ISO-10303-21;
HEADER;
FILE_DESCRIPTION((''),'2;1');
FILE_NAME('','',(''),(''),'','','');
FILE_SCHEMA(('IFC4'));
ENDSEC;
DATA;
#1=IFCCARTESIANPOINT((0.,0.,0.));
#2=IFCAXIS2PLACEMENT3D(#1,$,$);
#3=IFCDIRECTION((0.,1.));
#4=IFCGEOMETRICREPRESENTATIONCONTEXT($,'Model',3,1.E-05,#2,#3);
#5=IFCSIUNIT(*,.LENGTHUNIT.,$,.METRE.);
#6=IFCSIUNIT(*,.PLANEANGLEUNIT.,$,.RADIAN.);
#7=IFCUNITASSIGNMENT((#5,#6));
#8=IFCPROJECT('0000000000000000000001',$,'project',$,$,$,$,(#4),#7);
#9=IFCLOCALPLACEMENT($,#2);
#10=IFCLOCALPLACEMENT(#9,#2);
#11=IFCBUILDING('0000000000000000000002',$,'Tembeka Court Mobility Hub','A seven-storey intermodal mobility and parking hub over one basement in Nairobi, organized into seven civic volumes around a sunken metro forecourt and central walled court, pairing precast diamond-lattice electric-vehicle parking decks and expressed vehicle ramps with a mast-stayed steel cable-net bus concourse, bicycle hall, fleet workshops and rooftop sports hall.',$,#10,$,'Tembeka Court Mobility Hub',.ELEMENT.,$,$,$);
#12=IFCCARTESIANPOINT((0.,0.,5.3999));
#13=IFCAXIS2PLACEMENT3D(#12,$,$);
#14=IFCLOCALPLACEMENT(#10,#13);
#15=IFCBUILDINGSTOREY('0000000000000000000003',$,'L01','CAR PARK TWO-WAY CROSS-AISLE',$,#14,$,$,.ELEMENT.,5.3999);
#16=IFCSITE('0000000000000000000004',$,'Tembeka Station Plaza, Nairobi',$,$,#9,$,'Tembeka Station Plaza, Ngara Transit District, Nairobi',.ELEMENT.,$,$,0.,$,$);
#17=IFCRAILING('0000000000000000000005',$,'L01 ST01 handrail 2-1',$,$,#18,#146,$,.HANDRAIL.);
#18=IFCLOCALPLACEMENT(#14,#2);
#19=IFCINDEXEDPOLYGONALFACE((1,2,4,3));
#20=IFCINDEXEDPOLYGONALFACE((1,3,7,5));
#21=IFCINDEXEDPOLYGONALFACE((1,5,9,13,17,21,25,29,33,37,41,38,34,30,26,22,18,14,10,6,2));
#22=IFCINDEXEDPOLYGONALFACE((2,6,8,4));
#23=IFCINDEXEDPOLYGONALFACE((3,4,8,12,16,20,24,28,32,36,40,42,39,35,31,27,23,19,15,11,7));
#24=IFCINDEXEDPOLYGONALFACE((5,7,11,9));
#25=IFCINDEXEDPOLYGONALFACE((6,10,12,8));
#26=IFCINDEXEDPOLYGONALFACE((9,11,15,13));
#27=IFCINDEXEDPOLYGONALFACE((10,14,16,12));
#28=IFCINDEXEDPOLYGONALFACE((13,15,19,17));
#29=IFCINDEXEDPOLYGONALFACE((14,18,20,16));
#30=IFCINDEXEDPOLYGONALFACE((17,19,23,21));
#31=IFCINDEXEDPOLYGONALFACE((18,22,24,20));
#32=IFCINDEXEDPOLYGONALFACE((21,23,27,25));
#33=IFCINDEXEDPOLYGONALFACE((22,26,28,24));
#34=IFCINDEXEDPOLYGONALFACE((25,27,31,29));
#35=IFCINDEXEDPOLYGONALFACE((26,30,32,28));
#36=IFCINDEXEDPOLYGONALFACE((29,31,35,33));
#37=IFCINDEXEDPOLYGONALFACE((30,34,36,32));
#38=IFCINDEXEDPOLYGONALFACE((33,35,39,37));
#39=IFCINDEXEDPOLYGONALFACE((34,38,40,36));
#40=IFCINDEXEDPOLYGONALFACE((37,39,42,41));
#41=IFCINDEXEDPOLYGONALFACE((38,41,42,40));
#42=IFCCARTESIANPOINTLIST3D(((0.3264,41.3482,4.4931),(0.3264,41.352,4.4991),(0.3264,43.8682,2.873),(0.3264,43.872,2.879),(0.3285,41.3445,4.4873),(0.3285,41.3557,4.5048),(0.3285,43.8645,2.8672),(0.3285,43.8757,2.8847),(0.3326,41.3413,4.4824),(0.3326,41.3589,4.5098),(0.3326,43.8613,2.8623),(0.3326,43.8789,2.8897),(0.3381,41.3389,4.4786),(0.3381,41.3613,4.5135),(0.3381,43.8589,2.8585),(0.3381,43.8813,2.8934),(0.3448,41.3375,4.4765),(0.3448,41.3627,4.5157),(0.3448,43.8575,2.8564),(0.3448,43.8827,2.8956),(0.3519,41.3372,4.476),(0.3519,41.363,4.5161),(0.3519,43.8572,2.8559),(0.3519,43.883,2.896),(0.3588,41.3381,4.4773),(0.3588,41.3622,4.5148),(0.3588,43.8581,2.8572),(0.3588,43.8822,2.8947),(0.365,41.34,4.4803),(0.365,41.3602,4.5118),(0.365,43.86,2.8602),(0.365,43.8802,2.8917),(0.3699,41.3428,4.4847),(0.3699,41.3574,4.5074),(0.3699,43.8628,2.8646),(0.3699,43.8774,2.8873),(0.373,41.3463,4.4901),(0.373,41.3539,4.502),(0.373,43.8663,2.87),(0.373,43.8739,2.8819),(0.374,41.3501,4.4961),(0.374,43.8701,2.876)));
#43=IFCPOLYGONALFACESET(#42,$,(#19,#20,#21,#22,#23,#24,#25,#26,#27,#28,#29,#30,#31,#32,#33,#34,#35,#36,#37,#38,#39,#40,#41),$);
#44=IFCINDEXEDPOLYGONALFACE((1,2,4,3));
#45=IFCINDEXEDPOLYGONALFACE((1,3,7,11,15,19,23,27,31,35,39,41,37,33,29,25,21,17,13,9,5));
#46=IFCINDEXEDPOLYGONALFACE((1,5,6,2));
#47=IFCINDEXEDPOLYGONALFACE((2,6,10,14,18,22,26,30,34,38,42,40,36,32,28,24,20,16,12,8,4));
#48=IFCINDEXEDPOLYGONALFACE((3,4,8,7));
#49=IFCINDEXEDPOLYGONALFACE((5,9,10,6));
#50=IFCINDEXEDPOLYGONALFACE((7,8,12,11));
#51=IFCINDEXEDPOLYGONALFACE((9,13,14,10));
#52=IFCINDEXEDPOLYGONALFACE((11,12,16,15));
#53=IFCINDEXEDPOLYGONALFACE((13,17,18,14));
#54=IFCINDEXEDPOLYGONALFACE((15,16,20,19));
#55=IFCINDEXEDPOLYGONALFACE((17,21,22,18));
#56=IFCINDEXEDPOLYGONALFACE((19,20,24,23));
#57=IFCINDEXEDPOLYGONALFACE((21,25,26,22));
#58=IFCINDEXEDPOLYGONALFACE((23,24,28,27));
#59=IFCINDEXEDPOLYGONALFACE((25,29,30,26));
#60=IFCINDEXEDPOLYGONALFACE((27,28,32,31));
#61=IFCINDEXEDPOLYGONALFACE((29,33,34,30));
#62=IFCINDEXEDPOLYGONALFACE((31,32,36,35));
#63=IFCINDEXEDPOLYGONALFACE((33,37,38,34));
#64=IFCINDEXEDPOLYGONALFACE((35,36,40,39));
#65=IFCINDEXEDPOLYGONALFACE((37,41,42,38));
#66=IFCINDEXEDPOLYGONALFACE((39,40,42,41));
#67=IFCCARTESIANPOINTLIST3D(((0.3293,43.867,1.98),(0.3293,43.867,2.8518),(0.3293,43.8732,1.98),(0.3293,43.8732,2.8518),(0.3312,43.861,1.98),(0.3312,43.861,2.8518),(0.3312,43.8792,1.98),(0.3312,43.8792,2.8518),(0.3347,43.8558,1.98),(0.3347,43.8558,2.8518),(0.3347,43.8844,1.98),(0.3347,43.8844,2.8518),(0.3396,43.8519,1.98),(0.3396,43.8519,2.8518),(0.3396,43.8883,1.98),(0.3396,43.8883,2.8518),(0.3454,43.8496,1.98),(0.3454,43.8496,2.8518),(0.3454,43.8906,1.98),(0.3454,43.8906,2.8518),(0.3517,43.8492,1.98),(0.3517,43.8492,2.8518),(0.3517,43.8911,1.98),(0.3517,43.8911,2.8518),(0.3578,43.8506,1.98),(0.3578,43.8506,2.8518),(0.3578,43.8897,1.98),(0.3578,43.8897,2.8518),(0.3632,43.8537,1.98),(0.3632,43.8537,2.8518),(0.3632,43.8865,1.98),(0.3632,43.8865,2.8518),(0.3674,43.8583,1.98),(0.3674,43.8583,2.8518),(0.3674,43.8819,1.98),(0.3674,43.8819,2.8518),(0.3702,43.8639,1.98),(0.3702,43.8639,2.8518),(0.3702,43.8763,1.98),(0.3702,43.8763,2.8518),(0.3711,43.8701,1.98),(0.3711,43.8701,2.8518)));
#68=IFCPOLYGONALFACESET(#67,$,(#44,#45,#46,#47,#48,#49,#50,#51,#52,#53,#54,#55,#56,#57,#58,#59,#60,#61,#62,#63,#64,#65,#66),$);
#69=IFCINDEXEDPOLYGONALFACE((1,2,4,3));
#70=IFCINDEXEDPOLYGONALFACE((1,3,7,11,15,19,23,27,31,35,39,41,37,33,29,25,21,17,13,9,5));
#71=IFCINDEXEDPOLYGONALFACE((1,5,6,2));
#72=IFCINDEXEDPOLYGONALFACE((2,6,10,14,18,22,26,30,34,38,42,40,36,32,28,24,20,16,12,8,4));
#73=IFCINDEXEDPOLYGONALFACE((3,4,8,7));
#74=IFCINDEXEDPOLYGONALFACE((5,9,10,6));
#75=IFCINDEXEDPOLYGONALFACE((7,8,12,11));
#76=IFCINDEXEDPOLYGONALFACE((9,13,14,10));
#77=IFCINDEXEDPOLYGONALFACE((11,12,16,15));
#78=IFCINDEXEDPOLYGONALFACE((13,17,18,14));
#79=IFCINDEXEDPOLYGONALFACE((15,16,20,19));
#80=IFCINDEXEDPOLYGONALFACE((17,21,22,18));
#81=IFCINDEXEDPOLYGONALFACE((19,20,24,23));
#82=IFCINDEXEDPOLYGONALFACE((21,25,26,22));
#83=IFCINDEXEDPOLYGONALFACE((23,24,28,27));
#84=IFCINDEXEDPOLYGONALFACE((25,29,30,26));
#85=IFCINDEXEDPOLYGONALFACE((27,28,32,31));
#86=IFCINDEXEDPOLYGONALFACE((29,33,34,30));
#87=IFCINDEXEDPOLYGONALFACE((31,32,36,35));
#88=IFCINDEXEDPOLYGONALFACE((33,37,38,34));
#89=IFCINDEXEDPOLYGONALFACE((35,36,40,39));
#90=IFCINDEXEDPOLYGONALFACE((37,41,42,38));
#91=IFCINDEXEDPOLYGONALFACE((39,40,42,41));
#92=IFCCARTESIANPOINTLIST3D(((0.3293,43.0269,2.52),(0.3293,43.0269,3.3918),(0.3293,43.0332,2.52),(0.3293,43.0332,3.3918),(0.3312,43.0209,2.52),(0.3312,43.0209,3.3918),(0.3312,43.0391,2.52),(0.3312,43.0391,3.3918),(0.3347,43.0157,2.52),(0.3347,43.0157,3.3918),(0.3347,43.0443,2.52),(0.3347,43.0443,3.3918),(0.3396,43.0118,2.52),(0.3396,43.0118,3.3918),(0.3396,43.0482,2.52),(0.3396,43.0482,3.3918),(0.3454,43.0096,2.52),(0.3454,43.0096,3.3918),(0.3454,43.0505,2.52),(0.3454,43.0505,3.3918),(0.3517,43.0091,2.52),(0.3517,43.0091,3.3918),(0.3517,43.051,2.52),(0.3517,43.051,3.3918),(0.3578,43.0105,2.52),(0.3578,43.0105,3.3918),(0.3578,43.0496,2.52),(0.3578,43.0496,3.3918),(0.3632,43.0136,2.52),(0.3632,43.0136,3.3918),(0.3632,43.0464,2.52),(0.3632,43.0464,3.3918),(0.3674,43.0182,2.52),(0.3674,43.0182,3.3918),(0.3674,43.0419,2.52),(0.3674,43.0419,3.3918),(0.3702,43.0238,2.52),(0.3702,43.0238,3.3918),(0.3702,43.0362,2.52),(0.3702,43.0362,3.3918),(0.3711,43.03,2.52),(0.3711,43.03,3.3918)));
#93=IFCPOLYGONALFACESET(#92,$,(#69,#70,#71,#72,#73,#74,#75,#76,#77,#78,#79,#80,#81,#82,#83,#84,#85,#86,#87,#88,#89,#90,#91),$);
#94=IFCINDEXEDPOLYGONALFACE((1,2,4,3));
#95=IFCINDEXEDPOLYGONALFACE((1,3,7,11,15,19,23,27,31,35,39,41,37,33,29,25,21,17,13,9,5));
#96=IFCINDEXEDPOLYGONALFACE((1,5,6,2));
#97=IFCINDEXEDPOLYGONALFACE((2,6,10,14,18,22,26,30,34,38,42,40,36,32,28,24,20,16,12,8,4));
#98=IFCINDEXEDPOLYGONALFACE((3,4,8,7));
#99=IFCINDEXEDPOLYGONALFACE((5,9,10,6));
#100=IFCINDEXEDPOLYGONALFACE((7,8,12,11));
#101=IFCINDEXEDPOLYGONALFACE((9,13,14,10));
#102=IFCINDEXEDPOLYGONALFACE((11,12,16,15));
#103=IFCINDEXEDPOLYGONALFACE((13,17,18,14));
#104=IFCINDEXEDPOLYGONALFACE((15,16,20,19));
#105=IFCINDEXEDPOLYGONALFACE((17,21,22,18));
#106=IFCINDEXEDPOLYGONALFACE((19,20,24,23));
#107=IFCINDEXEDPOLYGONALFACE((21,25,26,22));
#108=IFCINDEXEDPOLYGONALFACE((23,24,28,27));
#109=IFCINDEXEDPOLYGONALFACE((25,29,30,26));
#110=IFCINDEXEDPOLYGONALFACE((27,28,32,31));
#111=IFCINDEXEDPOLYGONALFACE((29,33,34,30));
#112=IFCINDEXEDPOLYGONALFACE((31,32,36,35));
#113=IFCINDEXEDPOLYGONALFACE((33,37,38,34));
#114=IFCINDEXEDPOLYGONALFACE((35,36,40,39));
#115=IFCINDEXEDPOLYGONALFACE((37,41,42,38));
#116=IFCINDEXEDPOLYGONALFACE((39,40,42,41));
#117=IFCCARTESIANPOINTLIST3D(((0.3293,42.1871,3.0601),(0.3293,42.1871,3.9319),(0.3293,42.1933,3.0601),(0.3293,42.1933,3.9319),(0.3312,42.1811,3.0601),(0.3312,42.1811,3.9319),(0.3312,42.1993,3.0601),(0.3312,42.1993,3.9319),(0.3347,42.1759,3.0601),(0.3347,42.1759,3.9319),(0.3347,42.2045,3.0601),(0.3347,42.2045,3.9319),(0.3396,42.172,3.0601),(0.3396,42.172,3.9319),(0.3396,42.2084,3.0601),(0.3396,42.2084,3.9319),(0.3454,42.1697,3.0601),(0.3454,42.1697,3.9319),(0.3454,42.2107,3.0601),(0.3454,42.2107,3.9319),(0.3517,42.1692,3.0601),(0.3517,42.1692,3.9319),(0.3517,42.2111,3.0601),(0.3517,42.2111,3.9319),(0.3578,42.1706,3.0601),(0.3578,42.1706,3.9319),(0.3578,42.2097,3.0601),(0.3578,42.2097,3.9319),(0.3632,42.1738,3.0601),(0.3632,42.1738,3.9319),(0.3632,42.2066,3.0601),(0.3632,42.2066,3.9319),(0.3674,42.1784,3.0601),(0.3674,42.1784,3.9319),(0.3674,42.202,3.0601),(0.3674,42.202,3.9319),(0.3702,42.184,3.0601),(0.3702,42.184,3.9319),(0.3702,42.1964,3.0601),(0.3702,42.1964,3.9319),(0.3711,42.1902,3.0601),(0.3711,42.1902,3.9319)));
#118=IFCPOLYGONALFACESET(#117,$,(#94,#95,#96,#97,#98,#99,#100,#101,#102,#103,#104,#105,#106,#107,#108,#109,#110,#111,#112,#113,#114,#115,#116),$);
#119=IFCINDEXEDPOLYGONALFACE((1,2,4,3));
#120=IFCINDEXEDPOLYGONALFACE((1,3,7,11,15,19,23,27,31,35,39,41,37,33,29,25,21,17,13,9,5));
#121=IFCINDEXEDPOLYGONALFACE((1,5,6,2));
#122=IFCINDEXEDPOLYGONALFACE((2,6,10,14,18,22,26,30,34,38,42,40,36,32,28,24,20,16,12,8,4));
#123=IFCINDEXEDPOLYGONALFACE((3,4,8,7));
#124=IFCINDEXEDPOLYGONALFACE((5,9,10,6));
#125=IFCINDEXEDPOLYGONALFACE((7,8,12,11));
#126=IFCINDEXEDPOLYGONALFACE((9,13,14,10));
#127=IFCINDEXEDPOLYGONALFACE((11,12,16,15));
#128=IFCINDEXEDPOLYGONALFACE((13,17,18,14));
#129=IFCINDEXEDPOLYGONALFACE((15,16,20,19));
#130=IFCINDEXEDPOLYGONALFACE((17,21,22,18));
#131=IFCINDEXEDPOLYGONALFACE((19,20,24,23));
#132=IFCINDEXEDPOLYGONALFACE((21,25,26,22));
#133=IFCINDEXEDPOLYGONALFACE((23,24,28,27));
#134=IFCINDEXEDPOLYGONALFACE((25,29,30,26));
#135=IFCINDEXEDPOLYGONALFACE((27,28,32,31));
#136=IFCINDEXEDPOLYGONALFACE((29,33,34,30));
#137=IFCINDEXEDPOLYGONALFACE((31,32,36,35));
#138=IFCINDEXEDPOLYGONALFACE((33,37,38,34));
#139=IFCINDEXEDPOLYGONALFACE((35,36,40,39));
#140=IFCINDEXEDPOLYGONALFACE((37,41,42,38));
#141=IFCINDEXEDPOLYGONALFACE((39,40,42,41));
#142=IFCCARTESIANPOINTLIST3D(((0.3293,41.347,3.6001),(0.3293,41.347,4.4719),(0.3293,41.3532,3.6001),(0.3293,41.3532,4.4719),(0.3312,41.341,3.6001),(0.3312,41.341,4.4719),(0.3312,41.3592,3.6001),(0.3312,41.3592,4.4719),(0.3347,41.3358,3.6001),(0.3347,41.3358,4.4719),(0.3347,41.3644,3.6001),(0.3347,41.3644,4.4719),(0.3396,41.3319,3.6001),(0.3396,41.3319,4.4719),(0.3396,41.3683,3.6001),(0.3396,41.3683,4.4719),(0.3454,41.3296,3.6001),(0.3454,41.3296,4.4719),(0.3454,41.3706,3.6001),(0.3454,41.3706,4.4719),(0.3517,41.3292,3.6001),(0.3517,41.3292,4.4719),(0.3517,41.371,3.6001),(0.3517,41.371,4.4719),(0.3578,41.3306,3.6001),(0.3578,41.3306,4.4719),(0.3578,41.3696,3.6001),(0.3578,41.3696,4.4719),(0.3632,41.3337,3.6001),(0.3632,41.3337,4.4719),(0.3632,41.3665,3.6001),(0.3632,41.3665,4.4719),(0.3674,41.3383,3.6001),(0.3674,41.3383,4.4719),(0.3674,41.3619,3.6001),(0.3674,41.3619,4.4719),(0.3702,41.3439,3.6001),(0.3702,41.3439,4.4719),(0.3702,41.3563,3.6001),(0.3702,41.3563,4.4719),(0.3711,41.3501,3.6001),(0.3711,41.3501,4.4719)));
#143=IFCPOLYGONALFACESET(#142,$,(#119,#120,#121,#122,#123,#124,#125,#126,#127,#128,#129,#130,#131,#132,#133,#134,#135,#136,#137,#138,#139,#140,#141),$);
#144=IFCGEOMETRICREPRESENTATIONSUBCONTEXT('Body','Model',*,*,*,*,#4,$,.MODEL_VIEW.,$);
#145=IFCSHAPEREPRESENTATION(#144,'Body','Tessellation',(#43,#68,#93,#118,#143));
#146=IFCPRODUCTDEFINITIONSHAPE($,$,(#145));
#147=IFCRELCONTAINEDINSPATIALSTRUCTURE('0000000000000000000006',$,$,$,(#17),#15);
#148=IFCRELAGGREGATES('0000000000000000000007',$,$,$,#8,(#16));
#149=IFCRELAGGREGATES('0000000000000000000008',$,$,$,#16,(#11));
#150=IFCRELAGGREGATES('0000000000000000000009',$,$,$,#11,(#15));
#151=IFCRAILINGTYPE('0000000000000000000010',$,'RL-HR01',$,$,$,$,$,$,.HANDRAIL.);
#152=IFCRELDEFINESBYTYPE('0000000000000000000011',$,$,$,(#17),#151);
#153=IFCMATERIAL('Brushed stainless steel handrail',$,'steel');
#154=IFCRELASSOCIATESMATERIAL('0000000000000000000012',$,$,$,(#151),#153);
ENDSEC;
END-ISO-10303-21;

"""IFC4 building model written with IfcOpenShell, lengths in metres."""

from ifc_helpers import new_model, si_unit, direction, frame, origin, origin_2d, place, context, subcontext, project, spatial, circle, extrude, material, type_object, element, save


model = new_model("IFC4")

# Units and contexts
model_context = context("Model", 3, precision=1e-05, world=origin(), true_north=direction((0.0, 1.0)))
body_context = subcontext(model_context, "Body", "Model", "MODEL_VIEW")
ifc_project = project(units=[si_unit("LENGTHUNIT", "METRE"), si_unit("PLANEANGLEUNIT", "RADIAN")], contexts=[model_context])

# Site, building, storey
site_placement = place(None, origin())
site = spatial("IfcSite", under=ifc_project, at=site_placement, Name="Tembeka Station Plaza, Nairobi", LongName="Tembeka Station Plaza, Ngara Transit District, Nairobi", CompositionType="ELEMENT", RefElevation=0.0)
building_placement = place(site_placement, origin())
building = spatial("IfcBuilding", under=site, at=building_placement, Name="Tembeka Court Mobility Hub", Description="A seven-storey intermodal mobility and parking hub over one basement in Nairobi, organized into seven civic volumes around a sunken metro forecourt and central walled court, pairing precast diamond-lattice electric-vehicle parking decks and expressed vehicle ramps with a mast-stayed steel cable-net bus concourse, bicycle hall, fleet workshops and rooftop sports hall.", LongName="Tembeka Court Mobility Hub", CompositionType="ELEMENT")
storey_placement = place(building_placement, frame((0.0, 0.0, 5.3999)))
storey = spatial("IfcBuildingStorey", under=building, at=storey_placement, Name="L01", Description="CAR PARK TWO-WAY CROSS-AISLE", CompositionType="ELEMENT", Elevation=5.3999)

# Railing
ifc_material_1 = material(Name="Brushed stainless steel handrail", Category="steel")
railing_type_1 = type_object("IfcRailingType", Name="RL-HR01", PredefinedType="HANDRAIL", material=ifc_material_1)
railing_1_placement = place(storey_placement, frame((0.3501, 43.8701, 1.98)))
element("IfcRailing", 1, at=railing_1_placement, inside=storey, type_object=railing_type_1, Name="L01 ST01 handrail 2-1", PredefinedType="HANDRAIL", context=body_context, shape_type="SweptSolid", body=[
    extrude(circle(Radius=0.0239, at=origin_2d()), frame((0.0, 0.0, 0.896), z_axis=(0.0, -0.841163, 0.540782), x_axis=(1.0, 0.0, 0.0)), (0.0, 0.0, 1.0), 2.9958),
    extrude(circle(Radius=0.021, at=origin_2d()), origin(), (0.0, 0.0, 1.0), 0.8718),
    extrude(circle(Radius=0.021, at=origin_2d()), frame((0.0, -0.8401, 0.54)), (0.0, 0.0, 1.0), 0.8718),
    extrude(circle(Radius=0.021, at=origin_2d()), frame((0.0, -1.6799, 1.0801)), (0.0, 0.0, 1.0), 0.8718),
    extrude(circle(Radius=0.021, at=origin_2d()), frame((0.0, -2.52, 1.6201)), (0.0, 0.0, 1.0), 0.8718),
])

save(model, "model.ifc")
